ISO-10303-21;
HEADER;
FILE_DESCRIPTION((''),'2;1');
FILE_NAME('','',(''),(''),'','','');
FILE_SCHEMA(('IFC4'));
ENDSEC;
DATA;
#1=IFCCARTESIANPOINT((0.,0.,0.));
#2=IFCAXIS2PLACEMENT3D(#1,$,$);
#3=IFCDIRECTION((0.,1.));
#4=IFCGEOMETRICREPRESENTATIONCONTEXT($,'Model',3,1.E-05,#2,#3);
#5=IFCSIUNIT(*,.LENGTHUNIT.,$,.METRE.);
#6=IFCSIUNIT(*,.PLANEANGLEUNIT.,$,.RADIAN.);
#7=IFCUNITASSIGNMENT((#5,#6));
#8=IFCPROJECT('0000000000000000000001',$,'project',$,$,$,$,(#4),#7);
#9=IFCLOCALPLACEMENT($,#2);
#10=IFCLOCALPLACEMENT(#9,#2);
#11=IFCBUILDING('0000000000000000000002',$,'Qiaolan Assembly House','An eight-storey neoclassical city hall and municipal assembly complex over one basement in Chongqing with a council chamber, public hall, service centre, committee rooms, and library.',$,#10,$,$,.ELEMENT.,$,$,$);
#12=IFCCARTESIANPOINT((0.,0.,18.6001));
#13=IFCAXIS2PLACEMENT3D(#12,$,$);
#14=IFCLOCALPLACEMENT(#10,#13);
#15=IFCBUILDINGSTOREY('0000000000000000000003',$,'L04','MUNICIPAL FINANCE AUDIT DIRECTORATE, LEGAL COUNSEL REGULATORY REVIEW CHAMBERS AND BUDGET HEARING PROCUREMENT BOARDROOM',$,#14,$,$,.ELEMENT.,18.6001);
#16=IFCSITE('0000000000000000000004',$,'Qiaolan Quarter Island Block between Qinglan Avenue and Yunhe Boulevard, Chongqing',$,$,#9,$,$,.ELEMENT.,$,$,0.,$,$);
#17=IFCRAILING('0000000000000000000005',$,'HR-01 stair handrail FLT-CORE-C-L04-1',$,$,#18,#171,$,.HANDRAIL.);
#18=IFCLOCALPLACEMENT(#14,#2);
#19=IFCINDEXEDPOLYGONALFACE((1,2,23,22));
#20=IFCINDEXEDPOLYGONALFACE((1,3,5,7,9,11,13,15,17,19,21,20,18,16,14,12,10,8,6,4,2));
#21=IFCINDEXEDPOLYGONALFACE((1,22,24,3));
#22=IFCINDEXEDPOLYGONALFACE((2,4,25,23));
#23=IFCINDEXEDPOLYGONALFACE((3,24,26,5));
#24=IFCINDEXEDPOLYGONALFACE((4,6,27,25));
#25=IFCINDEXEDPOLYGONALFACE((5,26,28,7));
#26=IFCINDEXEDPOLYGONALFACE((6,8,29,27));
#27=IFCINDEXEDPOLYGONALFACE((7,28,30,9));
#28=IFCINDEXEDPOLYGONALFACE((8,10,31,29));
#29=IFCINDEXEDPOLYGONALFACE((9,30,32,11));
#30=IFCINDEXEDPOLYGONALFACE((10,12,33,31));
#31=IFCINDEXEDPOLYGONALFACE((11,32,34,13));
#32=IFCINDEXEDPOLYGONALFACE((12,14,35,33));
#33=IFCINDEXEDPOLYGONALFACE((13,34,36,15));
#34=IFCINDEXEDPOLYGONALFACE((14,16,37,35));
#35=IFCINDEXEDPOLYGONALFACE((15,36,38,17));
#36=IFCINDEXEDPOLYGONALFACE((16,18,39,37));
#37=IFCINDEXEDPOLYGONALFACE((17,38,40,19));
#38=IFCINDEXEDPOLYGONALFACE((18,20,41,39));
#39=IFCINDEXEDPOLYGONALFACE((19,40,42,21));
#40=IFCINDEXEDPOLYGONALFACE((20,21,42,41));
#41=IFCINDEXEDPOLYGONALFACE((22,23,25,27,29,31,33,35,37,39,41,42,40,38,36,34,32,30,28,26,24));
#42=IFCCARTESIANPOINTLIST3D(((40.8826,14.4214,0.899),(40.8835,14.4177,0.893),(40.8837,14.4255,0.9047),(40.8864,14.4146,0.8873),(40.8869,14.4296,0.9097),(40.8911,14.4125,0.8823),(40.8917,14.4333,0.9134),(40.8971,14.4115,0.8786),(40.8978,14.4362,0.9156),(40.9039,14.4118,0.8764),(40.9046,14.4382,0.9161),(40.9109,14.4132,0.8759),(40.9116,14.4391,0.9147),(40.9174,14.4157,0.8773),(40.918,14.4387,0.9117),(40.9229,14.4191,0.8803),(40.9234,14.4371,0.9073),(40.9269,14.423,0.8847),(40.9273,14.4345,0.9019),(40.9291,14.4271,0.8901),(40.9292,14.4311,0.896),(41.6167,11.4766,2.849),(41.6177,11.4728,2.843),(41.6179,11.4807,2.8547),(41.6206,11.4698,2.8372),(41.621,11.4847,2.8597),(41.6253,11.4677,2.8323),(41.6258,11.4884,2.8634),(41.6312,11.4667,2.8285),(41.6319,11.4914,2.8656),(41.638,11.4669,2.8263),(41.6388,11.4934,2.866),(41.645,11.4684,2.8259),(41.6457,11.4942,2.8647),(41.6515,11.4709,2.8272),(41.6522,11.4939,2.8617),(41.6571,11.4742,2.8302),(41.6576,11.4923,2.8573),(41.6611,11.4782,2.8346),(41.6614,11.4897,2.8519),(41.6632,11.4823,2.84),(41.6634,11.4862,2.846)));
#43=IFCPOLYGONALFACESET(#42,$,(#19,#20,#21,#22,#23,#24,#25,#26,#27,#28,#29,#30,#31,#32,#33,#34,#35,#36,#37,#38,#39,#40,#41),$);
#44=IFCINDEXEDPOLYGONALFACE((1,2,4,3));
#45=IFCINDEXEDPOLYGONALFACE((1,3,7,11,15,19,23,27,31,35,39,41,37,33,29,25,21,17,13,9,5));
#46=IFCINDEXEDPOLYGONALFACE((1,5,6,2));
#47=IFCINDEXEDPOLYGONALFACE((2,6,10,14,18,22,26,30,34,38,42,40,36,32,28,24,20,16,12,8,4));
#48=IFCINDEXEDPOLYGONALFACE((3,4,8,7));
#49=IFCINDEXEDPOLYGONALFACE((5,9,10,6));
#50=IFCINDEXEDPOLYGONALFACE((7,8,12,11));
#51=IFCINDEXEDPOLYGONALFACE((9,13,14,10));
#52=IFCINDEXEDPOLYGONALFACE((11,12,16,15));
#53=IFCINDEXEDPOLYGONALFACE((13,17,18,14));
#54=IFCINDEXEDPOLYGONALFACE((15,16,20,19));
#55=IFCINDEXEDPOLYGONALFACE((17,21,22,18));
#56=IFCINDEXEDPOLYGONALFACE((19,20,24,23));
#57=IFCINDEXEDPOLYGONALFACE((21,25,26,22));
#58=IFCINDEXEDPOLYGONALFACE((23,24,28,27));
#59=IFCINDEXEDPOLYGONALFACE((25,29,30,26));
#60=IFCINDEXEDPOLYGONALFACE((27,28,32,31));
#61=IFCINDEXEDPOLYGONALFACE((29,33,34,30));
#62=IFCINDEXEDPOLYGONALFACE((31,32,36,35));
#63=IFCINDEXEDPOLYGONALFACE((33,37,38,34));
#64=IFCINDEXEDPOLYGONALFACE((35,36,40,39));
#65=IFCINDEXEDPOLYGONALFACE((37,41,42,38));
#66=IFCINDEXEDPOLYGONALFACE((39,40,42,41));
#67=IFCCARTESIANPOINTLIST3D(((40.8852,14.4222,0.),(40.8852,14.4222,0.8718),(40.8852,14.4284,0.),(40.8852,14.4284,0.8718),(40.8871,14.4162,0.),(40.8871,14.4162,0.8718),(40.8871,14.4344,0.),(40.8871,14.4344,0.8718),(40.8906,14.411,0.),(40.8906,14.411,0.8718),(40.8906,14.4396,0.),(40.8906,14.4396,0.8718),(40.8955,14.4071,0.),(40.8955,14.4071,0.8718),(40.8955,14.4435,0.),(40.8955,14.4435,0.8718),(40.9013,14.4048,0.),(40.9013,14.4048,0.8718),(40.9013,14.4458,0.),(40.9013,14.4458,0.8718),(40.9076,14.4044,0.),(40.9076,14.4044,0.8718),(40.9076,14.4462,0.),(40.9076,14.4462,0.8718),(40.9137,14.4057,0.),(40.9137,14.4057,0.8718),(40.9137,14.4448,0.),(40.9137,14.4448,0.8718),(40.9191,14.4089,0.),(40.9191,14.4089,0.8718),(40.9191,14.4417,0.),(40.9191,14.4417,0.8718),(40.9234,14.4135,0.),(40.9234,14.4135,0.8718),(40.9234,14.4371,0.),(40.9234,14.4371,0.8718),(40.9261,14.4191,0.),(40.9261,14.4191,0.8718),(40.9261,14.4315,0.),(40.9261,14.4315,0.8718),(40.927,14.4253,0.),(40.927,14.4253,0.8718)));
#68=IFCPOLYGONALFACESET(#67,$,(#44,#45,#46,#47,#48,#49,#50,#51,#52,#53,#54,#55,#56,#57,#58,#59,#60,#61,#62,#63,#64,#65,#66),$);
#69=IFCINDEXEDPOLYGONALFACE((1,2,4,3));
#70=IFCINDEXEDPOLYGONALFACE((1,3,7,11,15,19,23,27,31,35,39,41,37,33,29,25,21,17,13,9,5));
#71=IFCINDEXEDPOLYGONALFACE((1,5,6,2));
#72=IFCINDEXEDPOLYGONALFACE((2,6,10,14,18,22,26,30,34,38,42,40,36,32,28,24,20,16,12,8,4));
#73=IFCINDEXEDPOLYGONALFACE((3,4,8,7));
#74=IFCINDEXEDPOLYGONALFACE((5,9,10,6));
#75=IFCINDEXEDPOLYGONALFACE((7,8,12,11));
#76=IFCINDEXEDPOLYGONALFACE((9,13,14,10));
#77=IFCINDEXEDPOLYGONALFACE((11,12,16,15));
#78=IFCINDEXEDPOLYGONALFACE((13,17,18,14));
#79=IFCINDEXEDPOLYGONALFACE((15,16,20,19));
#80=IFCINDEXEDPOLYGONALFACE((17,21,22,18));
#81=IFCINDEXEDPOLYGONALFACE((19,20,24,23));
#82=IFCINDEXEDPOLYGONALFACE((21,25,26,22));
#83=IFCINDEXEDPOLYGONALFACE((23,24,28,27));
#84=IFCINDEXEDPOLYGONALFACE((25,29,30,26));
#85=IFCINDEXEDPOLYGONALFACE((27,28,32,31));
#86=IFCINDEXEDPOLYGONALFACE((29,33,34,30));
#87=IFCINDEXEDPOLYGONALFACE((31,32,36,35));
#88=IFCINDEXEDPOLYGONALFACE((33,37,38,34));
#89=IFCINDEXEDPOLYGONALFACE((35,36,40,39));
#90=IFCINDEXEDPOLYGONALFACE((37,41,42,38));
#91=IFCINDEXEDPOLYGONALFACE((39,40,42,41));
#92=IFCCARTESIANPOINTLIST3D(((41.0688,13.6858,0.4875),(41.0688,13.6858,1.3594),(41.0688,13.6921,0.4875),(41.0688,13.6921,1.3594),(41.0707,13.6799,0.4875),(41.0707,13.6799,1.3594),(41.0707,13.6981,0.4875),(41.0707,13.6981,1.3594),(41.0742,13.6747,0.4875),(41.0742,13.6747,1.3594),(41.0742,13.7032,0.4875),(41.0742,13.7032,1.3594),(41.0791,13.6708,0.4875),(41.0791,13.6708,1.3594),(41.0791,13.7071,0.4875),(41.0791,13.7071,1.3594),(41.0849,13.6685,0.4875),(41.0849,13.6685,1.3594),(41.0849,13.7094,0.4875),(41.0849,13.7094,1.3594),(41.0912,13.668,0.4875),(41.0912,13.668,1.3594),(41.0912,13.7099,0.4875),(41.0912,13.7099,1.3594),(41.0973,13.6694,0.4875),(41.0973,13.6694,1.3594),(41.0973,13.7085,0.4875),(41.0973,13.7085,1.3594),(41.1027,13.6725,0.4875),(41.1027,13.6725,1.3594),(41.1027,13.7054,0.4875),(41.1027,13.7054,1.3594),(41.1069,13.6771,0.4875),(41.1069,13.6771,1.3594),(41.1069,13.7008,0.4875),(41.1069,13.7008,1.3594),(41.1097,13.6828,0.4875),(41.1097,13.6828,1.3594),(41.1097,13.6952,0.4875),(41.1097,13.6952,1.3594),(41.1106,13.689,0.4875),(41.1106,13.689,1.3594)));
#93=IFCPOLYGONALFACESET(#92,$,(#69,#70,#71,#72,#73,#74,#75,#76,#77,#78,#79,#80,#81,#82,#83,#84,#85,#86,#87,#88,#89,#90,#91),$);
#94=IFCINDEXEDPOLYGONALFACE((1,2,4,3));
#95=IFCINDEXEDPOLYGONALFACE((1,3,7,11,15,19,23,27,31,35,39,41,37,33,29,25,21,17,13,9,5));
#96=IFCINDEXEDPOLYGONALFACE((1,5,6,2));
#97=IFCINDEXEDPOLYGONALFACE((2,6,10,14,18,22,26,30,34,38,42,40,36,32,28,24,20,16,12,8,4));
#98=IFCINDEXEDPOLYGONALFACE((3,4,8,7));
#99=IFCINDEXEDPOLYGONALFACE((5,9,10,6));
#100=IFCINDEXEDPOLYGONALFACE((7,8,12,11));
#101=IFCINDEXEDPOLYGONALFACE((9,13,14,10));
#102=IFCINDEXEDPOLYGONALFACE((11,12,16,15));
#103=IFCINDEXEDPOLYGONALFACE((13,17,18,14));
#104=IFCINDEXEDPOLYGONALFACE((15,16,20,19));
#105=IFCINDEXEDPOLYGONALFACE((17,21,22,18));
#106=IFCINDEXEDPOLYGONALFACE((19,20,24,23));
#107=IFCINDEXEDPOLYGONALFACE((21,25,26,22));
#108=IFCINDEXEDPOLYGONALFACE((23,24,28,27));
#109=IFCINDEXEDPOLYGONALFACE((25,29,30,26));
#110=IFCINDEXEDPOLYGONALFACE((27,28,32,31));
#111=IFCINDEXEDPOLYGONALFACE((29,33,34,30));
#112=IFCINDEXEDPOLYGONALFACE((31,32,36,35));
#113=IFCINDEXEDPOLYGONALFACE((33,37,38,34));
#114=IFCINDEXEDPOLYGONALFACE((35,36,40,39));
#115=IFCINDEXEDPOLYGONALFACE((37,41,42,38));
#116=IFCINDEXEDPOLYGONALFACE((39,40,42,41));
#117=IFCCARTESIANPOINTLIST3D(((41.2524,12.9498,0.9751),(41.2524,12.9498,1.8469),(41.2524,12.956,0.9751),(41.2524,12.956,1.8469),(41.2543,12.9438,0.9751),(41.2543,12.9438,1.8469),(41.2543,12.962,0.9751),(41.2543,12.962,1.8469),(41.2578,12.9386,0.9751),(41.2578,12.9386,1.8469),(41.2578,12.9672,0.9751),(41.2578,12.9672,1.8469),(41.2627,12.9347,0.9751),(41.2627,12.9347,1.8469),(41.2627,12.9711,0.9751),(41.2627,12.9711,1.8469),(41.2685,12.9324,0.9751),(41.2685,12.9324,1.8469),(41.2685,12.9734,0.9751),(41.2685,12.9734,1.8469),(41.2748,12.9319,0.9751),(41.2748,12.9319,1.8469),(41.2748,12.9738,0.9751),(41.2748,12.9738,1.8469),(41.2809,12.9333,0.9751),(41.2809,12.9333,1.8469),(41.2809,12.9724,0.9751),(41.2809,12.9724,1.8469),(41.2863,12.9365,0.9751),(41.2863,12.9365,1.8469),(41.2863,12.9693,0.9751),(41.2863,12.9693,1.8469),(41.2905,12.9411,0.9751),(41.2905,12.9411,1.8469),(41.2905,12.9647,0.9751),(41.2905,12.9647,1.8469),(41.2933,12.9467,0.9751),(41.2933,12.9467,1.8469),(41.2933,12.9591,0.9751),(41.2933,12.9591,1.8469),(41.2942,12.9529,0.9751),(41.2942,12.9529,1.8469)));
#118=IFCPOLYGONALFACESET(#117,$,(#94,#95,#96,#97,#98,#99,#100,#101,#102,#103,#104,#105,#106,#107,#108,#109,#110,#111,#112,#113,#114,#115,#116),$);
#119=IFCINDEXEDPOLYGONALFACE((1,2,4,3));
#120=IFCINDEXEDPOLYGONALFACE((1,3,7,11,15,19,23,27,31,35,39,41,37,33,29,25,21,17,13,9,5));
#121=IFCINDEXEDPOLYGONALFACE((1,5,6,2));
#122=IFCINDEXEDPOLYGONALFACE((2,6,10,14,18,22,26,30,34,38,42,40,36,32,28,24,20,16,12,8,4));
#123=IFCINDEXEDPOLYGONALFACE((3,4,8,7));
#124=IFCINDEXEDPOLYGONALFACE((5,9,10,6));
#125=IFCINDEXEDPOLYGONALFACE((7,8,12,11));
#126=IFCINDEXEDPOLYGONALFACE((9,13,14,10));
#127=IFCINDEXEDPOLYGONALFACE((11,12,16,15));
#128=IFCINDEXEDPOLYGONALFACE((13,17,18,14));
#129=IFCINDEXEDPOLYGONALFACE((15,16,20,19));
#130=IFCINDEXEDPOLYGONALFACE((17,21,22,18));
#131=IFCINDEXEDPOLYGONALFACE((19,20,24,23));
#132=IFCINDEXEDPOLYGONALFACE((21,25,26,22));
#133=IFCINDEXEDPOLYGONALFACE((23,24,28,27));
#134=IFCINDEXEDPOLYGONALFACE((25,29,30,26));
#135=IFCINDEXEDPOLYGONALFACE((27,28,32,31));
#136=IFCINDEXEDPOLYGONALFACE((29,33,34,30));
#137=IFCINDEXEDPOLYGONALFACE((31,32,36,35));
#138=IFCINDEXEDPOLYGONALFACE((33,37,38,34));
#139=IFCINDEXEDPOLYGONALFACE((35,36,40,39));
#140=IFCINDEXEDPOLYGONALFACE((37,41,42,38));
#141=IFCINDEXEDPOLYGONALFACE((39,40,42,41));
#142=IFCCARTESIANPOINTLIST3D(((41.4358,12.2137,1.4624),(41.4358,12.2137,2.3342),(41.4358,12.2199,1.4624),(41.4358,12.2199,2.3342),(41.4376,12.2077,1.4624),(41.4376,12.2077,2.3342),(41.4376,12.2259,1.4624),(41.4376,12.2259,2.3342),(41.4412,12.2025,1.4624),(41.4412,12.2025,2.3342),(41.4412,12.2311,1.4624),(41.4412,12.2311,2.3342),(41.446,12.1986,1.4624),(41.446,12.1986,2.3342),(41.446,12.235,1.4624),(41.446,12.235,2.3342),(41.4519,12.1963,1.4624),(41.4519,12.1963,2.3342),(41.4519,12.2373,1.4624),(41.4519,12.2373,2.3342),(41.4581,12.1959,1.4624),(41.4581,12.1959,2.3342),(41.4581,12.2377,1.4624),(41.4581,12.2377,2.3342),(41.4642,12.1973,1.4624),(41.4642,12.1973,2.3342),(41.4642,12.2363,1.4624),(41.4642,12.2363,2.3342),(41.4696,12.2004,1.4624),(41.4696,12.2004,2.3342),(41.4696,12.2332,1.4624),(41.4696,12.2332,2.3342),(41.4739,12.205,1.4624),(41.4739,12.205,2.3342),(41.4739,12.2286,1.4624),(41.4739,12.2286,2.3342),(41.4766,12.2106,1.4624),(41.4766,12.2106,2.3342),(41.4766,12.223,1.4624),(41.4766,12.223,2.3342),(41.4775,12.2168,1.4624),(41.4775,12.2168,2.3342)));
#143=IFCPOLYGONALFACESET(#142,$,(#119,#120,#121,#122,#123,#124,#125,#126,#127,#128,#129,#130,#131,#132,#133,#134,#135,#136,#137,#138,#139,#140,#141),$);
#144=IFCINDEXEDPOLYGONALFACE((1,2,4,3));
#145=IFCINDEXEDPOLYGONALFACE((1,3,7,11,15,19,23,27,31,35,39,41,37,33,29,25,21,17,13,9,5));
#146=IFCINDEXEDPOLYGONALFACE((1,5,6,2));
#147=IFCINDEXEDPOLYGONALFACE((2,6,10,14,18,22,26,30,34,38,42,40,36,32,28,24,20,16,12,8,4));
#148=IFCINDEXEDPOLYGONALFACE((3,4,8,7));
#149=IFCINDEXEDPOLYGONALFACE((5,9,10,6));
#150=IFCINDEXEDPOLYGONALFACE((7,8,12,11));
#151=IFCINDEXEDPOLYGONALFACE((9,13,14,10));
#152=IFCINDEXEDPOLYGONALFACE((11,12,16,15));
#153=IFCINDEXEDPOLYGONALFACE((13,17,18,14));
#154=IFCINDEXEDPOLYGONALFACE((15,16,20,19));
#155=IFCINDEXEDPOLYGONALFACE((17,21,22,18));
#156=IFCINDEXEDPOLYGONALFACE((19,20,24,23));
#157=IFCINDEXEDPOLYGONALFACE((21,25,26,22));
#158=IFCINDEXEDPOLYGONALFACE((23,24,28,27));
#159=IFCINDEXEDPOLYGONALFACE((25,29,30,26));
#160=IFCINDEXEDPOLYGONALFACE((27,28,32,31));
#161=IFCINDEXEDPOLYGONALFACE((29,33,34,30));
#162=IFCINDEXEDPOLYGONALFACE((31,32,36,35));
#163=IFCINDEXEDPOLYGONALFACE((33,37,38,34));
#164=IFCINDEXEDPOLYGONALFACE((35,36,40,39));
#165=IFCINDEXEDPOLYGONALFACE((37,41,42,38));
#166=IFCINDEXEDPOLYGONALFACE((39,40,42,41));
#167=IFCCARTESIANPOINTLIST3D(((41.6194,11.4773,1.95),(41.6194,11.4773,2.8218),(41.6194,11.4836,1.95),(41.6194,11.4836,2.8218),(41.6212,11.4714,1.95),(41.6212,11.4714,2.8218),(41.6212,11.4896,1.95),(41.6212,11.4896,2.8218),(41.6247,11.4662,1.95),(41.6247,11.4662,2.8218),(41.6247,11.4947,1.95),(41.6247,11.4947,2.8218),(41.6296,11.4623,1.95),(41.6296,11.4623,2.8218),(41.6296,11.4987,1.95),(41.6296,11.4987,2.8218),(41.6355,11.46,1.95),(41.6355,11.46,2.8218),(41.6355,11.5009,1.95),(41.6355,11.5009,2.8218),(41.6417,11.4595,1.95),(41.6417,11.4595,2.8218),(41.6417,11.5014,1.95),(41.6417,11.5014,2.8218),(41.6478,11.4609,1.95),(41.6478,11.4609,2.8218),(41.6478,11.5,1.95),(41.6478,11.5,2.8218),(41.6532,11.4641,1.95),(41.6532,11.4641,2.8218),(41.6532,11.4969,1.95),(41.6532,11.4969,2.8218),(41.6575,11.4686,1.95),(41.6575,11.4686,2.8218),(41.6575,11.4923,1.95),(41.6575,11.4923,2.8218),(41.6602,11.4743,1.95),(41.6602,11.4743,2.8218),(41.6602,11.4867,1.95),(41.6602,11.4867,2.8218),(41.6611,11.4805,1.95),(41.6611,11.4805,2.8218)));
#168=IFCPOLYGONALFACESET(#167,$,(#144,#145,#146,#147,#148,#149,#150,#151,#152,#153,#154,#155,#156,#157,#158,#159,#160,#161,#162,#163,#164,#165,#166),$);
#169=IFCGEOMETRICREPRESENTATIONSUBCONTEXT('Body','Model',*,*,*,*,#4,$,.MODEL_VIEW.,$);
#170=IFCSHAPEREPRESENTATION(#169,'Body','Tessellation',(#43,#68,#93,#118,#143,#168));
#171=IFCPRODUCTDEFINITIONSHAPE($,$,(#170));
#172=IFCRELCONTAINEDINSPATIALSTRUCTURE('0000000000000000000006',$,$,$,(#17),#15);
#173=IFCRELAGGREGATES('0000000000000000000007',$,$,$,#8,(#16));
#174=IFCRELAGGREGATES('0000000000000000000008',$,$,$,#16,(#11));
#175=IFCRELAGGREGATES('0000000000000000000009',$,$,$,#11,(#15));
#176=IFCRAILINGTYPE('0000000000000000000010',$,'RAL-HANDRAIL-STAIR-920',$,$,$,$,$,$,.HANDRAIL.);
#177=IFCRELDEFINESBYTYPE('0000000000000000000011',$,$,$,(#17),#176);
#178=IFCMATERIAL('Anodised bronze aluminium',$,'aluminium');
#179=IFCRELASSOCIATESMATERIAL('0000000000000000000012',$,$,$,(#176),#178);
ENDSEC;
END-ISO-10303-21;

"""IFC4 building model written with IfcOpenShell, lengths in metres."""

from ifc_helpers import new_model, si_unit, direction, frame, origin, origin_2d, place, context, subcontext, project, spatial, circle, extrude, material, type_object, element, save


model = new_model("IFC4")

# Units and contexts
model_context = context("Model", 3, precision=1e-05, world=origin(), true_north=direction((0.0, 1.0)))
body_context = subcontext(model_context, "Body", "Model", "MODEL_VIEW")
ifc_project = project(units=[si_unit("LENGTHUNIT", "METRE"), si_unit("PLANEANGLEUNIT", "RADIAN")], contexts=[model_context])

# Site, building, storey
site_placement = place(None, origin())
site = spatial("IfcSite", under=ifc_project, at=site_placement, Name="Qiaolan Quarter Island Block between Qinglan Avenue and Yunhe Boulevard, Chongqing", CompositionType="ELEMENT", RefElevation=0.0)
building_placement = place(site_placement, origin())
building = spatial("IfcBuilding", under=site, at=building_placement, Name="Qiaolan Assembly House", Description="An eight-storey neoclassical city hall and municipal assembly complex over one basement in Chongqing with a council chamber, public hall, service centre, committee rooms, and library.", CompositionType="ELEMENT")
storey_placement = place(building_placement, frame((0.0, 0.0, 18.6001)))
storey = spatial("IfcBuildingStorey", under=building, at=storey_placement, Name="L04", Description="MUNICIPAL FINANCE AUDIT DIRECTORATE, LEGAL COUNSEL REGULATORY REVIEW CHAMBERS AND BUDGET HEARING PROCUREMENT BOARDROOM", CompositionType="ELEMENT", Elevation=18.6001)

# Railing
ifc_material_1 = material(Name="Anodised bronze aluminium", Category="aluminium")
railing_type_1 = type_object("IfcRailingType", Name="RAL-HANDRAIL-STAIR-920", PredefinedType="HANDRAIL", material=ifc_material_1)
railing_1_placement = place(storey_placement, frame((40.906, 14.4253, 0.0)))
element("IfcRailing", 1, at=railing_1_placement, inside=storey, type_object=railing_type_1, Name="HR-01 stair handrail FLT-CORE-C-L04-1", PredefinedType="HANDRAIL", context=body_context, shape_type="SweptSolid", body=[
    extrude(circle(Radius=0.0239, at=origin_2d()), frame((0.0, 0.0, 0.896), z_axis=(0.203508, -0.816331, 0.540544), x_axis=(0.970303, 0.241892, 0.0)), (0.0, 0.0, 1.0), 3.6074),
    extrude(circle(Radius=0.021, at=origin_2d()), origin(), (0.0, 0.0, 1.0), 0.8718),
    extrude(circle(Radius=0.021, at=origin_2d()), frame((0.1836, -0.7363, 0.4875)), (0.0, 0.0, 1.0), 0.8718),
    extrude(circle(Radius=0.021, at=origin_2d()), frame((0.3672, -1.4724, 0.9751)), (0.0, 0.0, 1.0), 0.8718),
    extrude(circle(Radius=0.021, at=origin_2d()), frame((0.5505, -2.2085, 1.4624)), (0.0, 0.0, 1.0), 0.8718),
    extrude(circle(Radius=0.021, at=origin_2d()), frame((0.7341, -2.9448, 1.95)), (0.0, 0.0, 1.0), 0.8718),
])

save(model, "model.ifc")
